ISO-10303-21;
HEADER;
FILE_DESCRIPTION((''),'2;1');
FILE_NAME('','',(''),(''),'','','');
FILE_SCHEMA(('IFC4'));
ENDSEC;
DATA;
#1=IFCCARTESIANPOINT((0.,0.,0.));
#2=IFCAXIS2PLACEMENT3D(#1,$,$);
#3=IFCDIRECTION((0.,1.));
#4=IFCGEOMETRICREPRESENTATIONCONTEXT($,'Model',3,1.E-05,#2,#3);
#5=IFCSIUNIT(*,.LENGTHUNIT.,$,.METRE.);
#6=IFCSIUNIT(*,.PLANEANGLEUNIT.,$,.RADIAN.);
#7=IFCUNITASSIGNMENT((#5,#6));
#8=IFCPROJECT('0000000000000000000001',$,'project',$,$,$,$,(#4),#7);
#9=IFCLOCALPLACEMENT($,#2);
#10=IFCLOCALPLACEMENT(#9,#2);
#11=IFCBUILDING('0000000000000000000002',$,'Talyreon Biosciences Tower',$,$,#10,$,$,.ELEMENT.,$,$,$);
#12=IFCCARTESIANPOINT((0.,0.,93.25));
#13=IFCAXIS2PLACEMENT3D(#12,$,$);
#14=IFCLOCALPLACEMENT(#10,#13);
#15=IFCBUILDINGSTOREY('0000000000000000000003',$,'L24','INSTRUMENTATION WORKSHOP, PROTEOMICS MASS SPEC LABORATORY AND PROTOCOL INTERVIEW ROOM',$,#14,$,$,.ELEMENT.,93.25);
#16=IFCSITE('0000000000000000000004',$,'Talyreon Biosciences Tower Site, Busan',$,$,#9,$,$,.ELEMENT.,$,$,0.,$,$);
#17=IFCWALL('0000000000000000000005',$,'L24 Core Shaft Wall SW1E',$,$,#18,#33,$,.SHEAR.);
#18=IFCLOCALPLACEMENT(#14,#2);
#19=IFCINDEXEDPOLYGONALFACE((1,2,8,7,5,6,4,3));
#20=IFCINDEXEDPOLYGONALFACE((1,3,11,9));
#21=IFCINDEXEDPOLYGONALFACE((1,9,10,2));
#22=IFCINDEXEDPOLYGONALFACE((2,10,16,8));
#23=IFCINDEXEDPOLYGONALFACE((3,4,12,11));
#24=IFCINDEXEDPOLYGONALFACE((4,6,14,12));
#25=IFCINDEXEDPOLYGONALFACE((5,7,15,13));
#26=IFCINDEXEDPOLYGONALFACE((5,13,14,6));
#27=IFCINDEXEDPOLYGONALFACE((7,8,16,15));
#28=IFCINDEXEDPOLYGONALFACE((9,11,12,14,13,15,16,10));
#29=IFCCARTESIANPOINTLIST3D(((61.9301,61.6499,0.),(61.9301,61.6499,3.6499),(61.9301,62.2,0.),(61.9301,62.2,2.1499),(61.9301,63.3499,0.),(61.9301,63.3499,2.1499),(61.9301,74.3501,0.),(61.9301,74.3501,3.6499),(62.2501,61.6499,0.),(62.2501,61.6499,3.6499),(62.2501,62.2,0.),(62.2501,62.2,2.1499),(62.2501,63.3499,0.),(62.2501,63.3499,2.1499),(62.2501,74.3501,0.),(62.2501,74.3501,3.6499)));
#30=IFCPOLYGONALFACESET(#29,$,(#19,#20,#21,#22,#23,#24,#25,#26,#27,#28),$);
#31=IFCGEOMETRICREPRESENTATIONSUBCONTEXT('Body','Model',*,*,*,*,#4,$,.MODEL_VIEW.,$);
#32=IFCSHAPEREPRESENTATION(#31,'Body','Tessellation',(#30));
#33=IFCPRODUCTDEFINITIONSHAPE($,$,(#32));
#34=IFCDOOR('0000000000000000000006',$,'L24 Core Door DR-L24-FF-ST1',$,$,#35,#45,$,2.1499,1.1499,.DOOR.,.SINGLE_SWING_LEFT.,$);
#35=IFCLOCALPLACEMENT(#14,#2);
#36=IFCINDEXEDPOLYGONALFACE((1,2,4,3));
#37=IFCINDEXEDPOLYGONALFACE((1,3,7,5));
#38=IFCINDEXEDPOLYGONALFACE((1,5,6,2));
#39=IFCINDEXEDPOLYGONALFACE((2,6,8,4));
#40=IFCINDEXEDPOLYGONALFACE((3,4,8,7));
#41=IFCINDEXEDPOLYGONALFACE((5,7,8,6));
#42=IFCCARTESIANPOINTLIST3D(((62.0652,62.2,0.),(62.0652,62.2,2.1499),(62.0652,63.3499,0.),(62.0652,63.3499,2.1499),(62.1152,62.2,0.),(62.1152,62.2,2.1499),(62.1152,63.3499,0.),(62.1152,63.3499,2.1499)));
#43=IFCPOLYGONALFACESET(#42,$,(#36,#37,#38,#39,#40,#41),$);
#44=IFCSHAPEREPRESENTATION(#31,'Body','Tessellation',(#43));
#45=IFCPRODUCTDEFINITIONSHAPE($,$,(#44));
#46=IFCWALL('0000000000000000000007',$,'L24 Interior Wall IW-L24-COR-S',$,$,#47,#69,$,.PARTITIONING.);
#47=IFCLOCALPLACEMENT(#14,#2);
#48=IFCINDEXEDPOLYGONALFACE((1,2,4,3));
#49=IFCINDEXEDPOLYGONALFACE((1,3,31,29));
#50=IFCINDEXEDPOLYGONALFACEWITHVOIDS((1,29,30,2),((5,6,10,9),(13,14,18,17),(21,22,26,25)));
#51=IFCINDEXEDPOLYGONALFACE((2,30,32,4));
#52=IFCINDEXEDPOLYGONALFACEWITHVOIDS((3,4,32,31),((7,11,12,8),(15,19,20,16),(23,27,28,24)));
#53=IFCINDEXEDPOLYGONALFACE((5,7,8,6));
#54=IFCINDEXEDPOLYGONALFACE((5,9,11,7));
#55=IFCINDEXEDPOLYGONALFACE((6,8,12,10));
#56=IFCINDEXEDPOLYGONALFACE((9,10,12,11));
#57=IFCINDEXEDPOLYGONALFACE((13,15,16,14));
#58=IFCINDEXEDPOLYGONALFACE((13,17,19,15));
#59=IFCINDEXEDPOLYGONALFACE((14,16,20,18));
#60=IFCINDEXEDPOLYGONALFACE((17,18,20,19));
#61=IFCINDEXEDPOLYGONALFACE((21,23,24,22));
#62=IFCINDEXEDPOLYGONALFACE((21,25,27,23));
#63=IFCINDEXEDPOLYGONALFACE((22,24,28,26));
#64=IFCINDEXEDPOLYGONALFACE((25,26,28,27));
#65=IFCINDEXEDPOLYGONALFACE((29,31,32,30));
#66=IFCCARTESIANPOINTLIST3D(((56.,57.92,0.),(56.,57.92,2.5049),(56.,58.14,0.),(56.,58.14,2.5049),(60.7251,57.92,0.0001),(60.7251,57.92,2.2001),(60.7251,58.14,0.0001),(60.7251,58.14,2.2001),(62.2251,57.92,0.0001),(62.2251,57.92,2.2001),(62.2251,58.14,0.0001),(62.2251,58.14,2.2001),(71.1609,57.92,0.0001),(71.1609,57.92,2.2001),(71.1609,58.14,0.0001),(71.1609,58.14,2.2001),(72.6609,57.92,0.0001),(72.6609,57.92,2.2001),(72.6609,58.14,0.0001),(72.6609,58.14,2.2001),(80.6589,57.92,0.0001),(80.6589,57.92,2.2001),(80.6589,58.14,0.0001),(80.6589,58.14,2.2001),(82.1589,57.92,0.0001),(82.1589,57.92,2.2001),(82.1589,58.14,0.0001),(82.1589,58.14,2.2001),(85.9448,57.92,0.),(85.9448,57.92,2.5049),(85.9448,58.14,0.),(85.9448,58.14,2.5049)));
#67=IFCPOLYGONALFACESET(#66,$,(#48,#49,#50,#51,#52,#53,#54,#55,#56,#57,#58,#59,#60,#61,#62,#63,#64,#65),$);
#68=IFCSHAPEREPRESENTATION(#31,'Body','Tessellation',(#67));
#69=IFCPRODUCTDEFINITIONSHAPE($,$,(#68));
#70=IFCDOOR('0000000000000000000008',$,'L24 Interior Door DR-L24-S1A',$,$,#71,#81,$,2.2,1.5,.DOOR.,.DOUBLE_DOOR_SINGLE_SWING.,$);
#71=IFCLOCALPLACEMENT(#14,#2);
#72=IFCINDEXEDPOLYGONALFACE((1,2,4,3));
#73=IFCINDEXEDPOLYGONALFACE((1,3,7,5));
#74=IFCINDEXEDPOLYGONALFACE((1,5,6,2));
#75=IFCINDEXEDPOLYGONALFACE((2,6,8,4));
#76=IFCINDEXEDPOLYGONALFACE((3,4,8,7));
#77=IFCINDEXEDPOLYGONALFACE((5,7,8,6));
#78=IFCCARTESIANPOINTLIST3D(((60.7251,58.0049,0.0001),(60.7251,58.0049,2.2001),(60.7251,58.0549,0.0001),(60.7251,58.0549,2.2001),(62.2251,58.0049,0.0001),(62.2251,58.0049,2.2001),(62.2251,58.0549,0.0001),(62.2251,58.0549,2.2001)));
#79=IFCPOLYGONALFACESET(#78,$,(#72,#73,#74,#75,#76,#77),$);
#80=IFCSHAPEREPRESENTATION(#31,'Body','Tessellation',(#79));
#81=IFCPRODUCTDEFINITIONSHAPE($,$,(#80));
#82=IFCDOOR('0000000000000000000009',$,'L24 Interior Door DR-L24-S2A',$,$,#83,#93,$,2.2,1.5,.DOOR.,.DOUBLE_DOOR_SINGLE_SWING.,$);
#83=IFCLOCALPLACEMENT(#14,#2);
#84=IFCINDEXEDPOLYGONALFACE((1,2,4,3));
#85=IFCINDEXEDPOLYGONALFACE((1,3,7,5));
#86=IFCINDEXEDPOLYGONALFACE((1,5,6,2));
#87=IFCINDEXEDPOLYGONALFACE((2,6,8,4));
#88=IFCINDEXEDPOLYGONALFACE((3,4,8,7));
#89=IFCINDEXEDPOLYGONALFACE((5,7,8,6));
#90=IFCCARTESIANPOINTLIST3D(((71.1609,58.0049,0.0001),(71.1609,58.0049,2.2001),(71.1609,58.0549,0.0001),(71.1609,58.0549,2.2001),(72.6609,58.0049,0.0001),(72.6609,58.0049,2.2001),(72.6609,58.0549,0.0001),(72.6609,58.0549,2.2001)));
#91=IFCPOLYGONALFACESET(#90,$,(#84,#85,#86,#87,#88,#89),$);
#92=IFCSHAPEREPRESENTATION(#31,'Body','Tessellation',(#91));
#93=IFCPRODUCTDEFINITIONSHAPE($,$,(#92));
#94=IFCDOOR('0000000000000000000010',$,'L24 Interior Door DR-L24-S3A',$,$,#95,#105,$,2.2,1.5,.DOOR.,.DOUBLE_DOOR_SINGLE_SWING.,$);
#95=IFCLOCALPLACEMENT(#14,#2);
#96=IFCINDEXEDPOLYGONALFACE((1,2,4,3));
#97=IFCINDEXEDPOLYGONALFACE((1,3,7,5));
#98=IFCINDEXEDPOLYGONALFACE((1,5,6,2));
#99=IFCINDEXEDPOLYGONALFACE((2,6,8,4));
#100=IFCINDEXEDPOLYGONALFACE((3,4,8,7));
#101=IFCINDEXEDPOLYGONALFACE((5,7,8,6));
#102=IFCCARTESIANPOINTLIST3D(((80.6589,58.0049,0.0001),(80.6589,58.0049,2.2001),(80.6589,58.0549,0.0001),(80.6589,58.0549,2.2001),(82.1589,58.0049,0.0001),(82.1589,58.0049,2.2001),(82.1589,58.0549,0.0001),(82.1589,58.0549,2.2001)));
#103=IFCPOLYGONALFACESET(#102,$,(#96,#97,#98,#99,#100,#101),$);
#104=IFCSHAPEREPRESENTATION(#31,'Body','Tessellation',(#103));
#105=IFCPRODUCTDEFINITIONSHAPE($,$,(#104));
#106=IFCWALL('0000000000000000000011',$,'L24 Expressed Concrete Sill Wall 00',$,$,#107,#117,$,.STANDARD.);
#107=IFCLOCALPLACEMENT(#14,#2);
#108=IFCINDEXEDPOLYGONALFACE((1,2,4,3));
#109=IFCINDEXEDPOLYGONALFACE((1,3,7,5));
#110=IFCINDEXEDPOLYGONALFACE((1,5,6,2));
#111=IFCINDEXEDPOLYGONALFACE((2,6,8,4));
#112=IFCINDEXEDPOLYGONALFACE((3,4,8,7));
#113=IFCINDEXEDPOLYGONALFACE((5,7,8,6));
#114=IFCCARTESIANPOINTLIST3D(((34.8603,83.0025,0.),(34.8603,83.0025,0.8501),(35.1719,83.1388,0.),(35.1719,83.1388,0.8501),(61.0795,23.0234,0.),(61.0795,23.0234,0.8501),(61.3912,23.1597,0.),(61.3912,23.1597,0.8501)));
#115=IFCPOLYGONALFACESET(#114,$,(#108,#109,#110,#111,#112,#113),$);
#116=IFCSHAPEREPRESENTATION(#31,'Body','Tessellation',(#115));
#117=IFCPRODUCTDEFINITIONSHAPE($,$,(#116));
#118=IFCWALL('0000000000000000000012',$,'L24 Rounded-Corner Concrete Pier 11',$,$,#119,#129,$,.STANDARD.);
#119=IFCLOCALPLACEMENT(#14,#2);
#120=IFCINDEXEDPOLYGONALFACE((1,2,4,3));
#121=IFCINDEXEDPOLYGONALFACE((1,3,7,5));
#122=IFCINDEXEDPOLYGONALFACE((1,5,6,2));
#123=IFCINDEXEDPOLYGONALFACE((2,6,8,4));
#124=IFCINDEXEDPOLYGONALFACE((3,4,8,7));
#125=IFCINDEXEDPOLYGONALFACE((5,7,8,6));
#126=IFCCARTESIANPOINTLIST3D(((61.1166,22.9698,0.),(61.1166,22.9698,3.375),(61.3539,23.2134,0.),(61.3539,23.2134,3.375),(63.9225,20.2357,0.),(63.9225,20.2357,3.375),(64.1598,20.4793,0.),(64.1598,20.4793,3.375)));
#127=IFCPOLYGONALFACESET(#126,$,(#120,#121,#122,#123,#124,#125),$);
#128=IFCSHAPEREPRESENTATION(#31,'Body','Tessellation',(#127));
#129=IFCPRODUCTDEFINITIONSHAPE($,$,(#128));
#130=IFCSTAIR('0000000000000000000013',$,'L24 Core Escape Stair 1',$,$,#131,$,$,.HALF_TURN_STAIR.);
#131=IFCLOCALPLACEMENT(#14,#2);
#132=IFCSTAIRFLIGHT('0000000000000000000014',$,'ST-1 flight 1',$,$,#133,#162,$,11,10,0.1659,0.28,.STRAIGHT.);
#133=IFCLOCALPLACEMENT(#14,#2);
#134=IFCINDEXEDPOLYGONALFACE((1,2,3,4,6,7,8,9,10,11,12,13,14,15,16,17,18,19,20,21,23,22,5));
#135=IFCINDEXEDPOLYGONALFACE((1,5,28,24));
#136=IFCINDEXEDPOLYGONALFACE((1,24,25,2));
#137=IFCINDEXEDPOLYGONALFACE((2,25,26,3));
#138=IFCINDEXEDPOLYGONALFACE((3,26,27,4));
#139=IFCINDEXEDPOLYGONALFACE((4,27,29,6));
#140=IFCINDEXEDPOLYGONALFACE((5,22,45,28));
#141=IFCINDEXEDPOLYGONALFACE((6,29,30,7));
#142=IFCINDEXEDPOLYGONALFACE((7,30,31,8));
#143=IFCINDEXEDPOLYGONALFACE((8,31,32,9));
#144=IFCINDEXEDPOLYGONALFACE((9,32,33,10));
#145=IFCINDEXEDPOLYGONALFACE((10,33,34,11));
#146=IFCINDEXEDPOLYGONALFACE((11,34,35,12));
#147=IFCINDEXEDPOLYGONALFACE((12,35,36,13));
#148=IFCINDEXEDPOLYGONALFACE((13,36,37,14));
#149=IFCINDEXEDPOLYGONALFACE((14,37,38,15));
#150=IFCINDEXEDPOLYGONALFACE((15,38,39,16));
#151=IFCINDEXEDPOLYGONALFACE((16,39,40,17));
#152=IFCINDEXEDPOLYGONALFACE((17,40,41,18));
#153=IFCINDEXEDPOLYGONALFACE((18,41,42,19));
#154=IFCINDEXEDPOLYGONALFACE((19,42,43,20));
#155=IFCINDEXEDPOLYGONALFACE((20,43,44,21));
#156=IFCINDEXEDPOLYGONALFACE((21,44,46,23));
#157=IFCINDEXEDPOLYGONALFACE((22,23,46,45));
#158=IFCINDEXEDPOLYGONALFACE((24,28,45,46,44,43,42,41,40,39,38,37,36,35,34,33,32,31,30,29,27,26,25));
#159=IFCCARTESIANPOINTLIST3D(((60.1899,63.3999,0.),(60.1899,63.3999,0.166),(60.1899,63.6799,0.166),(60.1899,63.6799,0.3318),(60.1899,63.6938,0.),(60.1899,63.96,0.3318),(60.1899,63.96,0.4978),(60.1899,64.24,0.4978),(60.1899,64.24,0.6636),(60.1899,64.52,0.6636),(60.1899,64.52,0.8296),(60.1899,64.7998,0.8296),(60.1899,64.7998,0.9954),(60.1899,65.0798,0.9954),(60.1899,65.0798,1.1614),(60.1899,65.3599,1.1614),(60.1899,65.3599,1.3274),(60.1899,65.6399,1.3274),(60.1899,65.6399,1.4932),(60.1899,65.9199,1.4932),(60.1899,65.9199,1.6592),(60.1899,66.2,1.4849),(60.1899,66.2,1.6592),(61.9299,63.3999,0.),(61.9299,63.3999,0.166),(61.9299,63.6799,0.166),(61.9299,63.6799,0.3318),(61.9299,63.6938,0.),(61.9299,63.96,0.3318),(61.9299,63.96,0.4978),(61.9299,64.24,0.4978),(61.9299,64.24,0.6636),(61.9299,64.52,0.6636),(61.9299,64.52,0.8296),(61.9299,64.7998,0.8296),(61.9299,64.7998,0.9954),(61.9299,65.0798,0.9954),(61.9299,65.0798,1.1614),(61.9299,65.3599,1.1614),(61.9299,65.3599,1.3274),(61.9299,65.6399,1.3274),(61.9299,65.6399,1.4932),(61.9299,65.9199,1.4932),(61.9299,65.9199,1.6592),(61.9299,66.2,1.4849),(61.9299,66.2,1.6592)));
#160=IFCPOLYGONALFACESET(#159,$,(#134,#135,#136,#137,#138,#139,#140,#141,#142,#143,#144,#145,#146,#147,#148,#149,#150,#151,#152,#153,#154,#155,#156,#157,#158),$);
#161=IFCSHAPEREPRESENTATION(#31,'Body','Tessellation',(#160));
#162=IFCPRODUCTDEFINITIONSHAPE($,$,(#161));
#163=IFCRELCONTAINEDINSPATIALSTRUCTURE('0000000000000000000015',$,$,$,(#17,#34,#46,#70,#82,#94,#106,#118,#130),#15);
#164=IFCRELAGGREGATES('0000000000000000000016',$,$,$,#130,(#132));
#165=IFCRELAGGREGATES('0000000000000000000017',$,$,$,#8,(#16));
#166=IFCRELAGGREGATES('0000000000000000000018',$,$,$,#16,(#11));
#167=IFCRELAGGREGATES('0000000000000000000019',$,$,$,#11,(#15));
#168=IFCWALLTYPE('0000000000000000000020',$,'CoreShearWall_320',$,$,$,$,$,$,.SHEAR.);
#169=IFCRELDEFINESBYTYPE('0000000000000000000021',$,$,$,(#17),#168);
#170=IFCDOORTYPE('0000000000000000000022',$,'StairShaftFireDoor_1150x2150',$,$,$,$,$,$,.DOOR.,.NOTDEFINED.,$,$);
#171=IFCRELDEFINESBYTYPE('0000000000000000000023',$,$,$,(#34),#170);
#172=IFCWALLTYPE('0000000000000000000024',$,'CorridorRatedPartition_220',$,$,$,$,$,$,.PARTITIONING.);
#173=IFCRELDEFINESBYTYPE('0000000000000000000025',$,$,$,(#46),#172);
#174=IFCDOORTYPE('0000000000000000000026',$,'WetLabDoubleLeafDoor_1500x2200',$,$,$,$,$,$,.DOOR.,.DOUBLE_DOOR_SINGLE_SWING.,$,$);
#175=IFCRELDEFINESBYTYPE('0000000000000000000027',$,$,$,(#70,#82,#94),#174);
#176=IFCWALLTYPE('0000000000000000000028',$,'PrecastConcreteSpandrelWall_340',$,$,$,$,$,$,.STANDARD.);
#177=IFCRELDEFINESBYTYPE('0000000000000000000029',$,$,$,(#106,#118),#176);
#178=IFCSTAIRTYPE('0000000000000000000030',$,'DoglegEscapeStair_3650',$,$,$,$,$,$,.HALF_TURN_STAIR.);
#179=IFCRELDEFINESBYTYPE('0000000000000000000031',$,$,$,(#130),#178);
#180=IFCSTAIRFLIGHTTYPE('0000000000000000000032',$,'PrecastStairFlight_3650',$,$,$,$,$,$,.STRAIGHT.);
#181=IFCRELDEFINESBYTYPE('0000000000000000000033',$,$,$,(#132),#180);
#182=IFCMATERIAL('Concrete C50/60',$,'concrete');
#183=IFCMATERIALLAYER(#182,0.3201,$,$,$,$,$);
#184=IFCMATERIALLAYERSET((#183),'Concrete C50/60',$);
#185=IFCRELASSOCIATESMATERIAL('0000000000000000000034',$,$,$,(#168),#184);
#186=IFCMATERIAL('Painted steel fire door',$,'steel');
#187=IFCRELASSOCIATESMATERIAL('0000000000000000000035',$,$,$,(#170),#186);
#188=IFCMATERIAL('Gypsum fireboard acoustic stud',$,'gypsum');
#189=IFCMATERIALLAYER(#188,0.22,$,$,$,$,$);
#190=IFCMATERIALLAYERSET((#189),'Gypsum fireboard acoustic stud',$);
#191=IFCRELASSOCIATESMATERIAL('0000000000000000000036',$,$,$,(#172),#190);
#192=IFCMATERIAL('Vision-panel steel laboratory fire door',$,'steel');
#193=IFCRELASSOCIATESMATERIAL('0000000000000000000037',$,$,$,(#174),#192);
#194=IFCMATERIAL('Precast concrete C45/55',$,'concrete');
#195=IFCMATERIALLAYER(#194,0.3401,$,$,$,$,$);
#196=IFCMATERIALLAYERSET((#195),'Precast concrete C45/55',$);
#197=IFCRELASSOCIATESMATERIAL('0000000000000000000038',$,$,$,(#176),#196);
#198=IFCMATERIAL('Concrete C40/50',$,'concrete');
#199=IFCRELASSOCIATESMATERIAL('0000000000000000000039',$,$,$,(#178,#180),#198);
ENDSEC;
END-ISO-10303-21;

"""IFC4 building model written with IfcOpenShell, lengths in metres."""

from ifc_helpers import new_model, si_unit, direction, frame, frame_2d, origin, place, context, subcontext, project, spatial, polyline, rectangle, outline, extrude, material, layer, layer_set, type_object, element, fill, aggregate, save


model = new_model("IFC4")

# Units and contexts
model_context = context("Model", 3, precision=1e-05, world=origin(), true_north=direction((0.0, 1.0)))
body_context = subcontext(model_context, "Body", "Model", "MODEL_VIEW")
ifc_project = project(units=[si_unit("LENGTHUNIT", "METRE"), si_unit("PLANEANGLEUNIT", "RADIAN")], contexts=[model_context])

# Site, building, storey
site_placement = place(None, origin())
site = spatial("IfcSite", under=ifc_project, at=site_placement, Name="Talyreon Biosciences Tower Site, Busan", CompositionType="ELEMENT", RefElevation=0.0)
building_placement = place(site_placement, origin())
building = spatial("IfcBuilding", under=site, at=building_placement, Name="Talyreon Biosciences Tower", CompositionType="ELEMENT")
storey_placement = place(building_placement, frame((0.0, 0.0, 93.25)))
storey = spatial("IfcBuildingStorey", under=building, at=storey_placement, Name="L24", Description="INSTRUMENTATION WORKSHOP, PROTEOMICS MASS SPEC LABORATORY AND PROTOCOL INTERVIEW ROOM", CompositionType="ELEMENT", Elevation=93.25)

# Shared definitions
ifc_material_1 = material(Name="Concrete C50/60", Category="concrete")

# Shared definitions
ifc_material_2 = material(Name="Precast concrete C45/55", Category="concrete")

# Wall, opening, door
ifc_layer_1 = layer(ifc_material_1, 0.3201)
ifc_layer_set_1 = layer_set([ifc_layer_1], Name="Concrete C50/60")
wall_type_1 = type_object("IfcWallType", Name="CoreShearWall_320", PredefinedType="SHEAR", material=ifc_layer_set_1)
wall_1_placement = place(storey_placement, frame((62.0901, 61.6499, 0.0), z_axis=(0.0, 0.0, 1.0), x_axis=(0.0, 1.0, 0.0)))
wall_1 = element("IfcWall", 1, at=wall_1_placement, inside=storey, type_object=wall_type_1, Name="L24 Core Shaft Wall SW1E", PredefinedType="SHEAR", context=body_context, shape_type="SweptSolid", body=[
    extrude(rectangle(XDim=12.7002, YDim=0.3201, at=frame_2d((6.3501, 0.0))), origin(), (0.0, 0.0, 1.0), 3.6499),
])
opening_1_placement = place(wall_1_placement, frame((0.55, 0.0, 0.0)))
opening_1 = element("IfcOpeningElement", 2, at=opening_1_placement, cuts=wall_1, PredefinedType="OPENING", context=body_context, shape_type="SweptSolid", body=[
    extrude(rectangle(XDim=1.1499, YDim=2.1499, at=frame_2d((0.575, 1.075))), frame((0.0, 0.1699, 0.0), z_axis=(0.0, -1.0, 0.0), x_axis=(1.0, 0.0, 0.0)), (0.0, 0.0, 1.0), 0.3401),
])
ifc_material_3 = material(Name="Painted steel fire door", Category="steel")
door_type_1 = type_object("IfcDoorType", Name="StairShaftFireDoor_1150x2150", OperationType="NOTDEFINED", PredefinedType="DOOR", material=ifc_material_3)
door_1_placement = place(opening_1_placement, origin())
door_1 = element("IfcDoor", 3, at=door_1_placement, inside=storey, type_object=door_type_1, Name="L24 Core Door DR-L24-FF-ST1", OperationType="SINGLE_SWING_LEFT", OverallHeight=2.1499, OverallWidth=1.1499, PredefinedType="DOOR", context=body_context, shape_type="SweptSolid", body=[
    extrude(rectangle(XDim=1.1499, YDim=2.1499, at=frame_2d((0.575, 1.075))), frame((0.0, 0.0249, 0.0), z_axis=(0.0, -1.0, 0.0), x_axis=(1.0, 0.0, 0.0)), (0.0, 0.0, 1.0), 0.05),
])
fill(opening_1, door_1)

# Wall, openings, doors
ifc_material_4 = material(Name="Gypsum fireboard acoustic stud", Category="gypsum")
ifc_layer_2 = layer(ifc_material_4, 0.22)
ifc_layer_set_2 = layer_set([ifc_layer_2], Name="Gypsum fireboard acoustic stud")
wall_type_2 = type_object("IfcWallType", Name="CorridorRatedPartition_220", PredefinedType="PARTITIONING", material=ifc_layer_set_2)
wall_2_placement = place(storey_placement, frame((56.0, 58.03, 0.0), z_axis=(0.0, 0.0, 1.0), x_axis=(1.0, 0.0, 0.0)))
wall_2 = element("IfcWall", 4, at=wall_2_placement, inside=storey, type_object=wall_type_2, Name="L24 Interior Wall IW-L24-COR-S", PredefinedType="PARTITIONING", context=body_context, shape_type="SweptSolid", body=[
    extrude(rectangle(XDim=29.9448, YDim=0.22, at=frame_2d((14.9724, 0.0))), origin(), (0.0, 0.0, 1.0), 2.5049),
])
opening_2_placement = place(wall_2_placement, frame((4.7251, 0.0, 0.0)))
opening_2 = element("IfcOpeningElement", 5, at=opening_2_placement, cuts=wall_2, PredefinedType="OPENING", context=body_context, shape_type="SweptSolid", body=[
    extrude(rectangle(XDim=1.5, YDim=2.2, at=frame_2d((0.75, 1.1001))), frame((0.0, 0.1199, 0.0), z_axis=(0.0, -1.0, 0.0), x_axis=(1.0, 0.0, 0.0)), (0.0, 0.0, 1.0), 0.24),
])
opening_3_placement = place(wall_2_placement, frame((15.1609, 0.0, 0.0)))
opening_3 = element("IfcOpeningElement", 6, at=opening_3_placement, cuts=wall_2, PredefinedType="OPENING", context=body_context, shape_type="SweptSolid", body=[
    extrude(rectangle(XDim=1.5, YDim=2.2, at=frame_2d((0.75, 1.1001))), frame((0.0, 0.1199, 0.0), z_axis=(0.0, -1.0, 0.0), x_axis=(1.0, 0.0, 0.0)), (0.0, 0.0, 1.0), 0.24),
])
opening_4_placement = place(wall_2_placement, frame((24.6589, 0.0, 0.0)))
opening_4 = element("IfcOpeningElement", 7, at=opening_4_placement, cuts=wall_2, PredefinedType="OPENING", context=body_context, shape_type="SweptSolid", body=[
    extrude(rectangle(XDim=1.5, YDim=2.2, at=frame_2d((0.75, 1.1001))), frame((0.0, 0.1199, 0.0), z_axis=(0.0, -1.0, 0.0), x_axis=(1.0, 0.0, 0.0)), (0.0, 0.0, 1.0), 0.24),
])
ifc_material_5 = material(Name="Vision-panel steel laboratory fire door", Category="steel")
door_type_2 = type_object("IfcDoorType", Name="WetLabDoubleLeafDoor_1500x2200", OperationType="DOUBLE_DOOR_SINGLE_SWING", PredefinedType="DOOR", material=ifc_material_5)
door_2_placement = place(opening_2_placement, origin())
door_2 = element("IfcDoor", 8, at=door_2_placement, inside=storey, type_object=door_type_2, Name="L24 Interior Door DR-L24-S1A", OperationType="DOUBLE_DOOR_SINGLE_SWING", OverallHeight=2.2, OverallWidth=1.5, PredefinedType="DOOR", context=body_context, shape_type="SweptSolid", body=[
    extrude(rectangle(XDim=1.5, YDim=2.2, at=frame_2d((0.75, 1.1001))), frame((0.0, 0.0249, 0.0), z_axis=(0.0, -1.0, 0.0), x_axis=(1.0, 0.0, 0.0)), (0.0, 0.0, 1.0), 0.05),
])
fill(opening_2, door_2)
door_3_placement = place(opening_3_placement, origin())
door_3 = element("IfcDoor", 9, at=door_3_placement, inside=storey, type_object=door_type_2, Name="L24 Interior Door DR-L24-S2A", OperationType="DOUBLE_DOOR_SINGLE_SWING", OverallHeight=2.2, OverallWidth=1.5, PredefinedType="DOOR", context=body_context, shape_type="SweptSolid", body=[
    extrude(rectangle(XDim=1.5, YDim=2.2, at=frame_2d((0.75, 1.1001))), frame((0.0, 0.0249, 0.0), z_axis=(0.0, -1.0, 0.0), x_axis=(1.0, 0.0, 0.0)), (0.0, 0.0, 1.0), 0.05),
])
fill(opening_3, door_3)
door_4_placement = place(opening_4_placement, origin())
door_4 = element("IfcDoor", 10, at=door_4_placement, inside=storey, type_object=door_type_2, Name="L24 Interior Door DR-L24-S3A", OperationType="DOUBLE_DOOR_SINGLE_SWING", OverallHeight=2.2, OverallWidth=1.5, PredefinedType="DOOR", context=body_context, shape_type="SweptSolid", body=[
    extrude(rectangle(XDim=1.5, YDim=2.2, at=frame_2d((0.75, 1.1001))), frame((0.0, 0.0249, 0.0), z_axis=(0.0, -1.0, 0.0), x_axis=(1.0, 0.0, 0.0)), (0.0, 0.0, 1.0), 0.05),
])
fill(opening_4, door_4)

# Walls
ifc_layer_3 = layer(ifc_material_2, 0.3401)
ifc_layer_set_3 = layer_set([ifc_layer_3], Name="Precast concrete C45/55")
wall_type_3 = type_object("IfcWallType", Name="PrecastConcreteSpandrelWall_340", PredefinedType="STANDARD", material=ifc_layer_set_3)
wall_3_placement = place(storey_placement, frame((61.2354, 23.0916, 0.0), z_axis=(0.0, 0.0, 1.0), x_axis=(-0.400542, 0.916278, 0.0)))
element("IfcWall", 11, at=wall_3_placement, inside=storey, type_object=wall_type_3, Name="L24 Expressed Concrete Sill Wall 00", PredefinedType="STANDARD", context=body_context, shape_type="SweptSolid", body=[
    extrude(rectangle(XDim=65.4595, YDim=0.3401, at=frame_2d((32.7297, 0.0))), origin(), (0.0, 0.0, 1.0), 0.8501),
])
wall_4_placement = place(storey_placement, frame((64.0413, 20.3574, 0.0), z_axis=(0.0, 0.0, 1.0), x_axis=(-0.716208, 0.697887, 0.0)))
element("IfcWall", 12, at=wall_4_placement, inside=storey, type_object=wall_type_3, Name="L24 Rounded-Corner Concrete Pier 11", PredefinedType="STANDARD", context=body_context, shape_type="SweptSolid", body=[
    extrude(rectangle(XDim=3.9177, YDim=0.3401, at=frame_2d((1.959, 0.0))), origin(), (0.0, 0.0, 1.0), 3.375),
])

# Stair, stair flight
ifc_material_6 = material(Name="Concrete C40/50", Category="concrete")
stair_type = type_object("IfcStairType", Name="DoglegEscapeStair_3650", PredefinedType="HALF_TURN_STAIR", material=ifc_material_6)
stair_placement = place(storey_placement, origin())
stair = element("IfcStair", 13, at=stair_placement, inside=storey, type_object=stair_type, Name="L24 Core Escape Stair 1", PredefinedType="HALF_TURN_STAIR")
stair_flight_type = type_object("IfcStairFlightType", Name="PrecastStairFlight_3650", PredefinedType="STRAIGHT", material=ifc_material_6)
stair_flight_placement = place(storey_placement, frame((61.0601, 63.3999, 0.0), z_axis=(0.0, 0.0, 1.0), x_axis=(0.0, 1.0, 0.0)))
stair_flight = element("IfcStairFlight", 14, at=stair_flight_placement, type_object=stair_flight_type, Name="ST-1 flight 1", NumberOfRisers=11, NumberOfTreads=10, PredefinedType="STRAIGHT", RiserHeight=0.1659, TreadLength=0.28, context=body_context, shape_type="SweptSolid", body=[
    extrude(outline(polyline([(0.0, 0.0), (0.0, 0.166), (0.28, 0.166), (0.28, 0.3318), (0.5601, 0.3318), (0.5601, 0.4978), (0.8401, 0.4978), (0.8401, 0.6636), (1.1201, 0.6636), (1.1201, 0.8296), (1.3999, 0.8296), (1.3999, 0.9954), (1.6799, 0.9954), (1.6799, 1.1614), (1.96, 1.1614), (1.96, 1.3274), (2.24, 1.3274), (2.24, 1.4932), (2.52, 1.4932), (2.52, 1.6592), (2.8, 1.6592), (2.8, 1.825), (2.8, 1.4849), (0.2939, 0.0), (0.0, 0.0)])), frame((0.0, 0.8701, 0.0), z_axis=(0.0, -1.0, 0.0), x_axis=(1.0, 0.0, 0.0)), (0.0, 0.0, 1.0), 1.74),
])
aggregate(stair, [stair_flight])

save(model, "model.ifc")
